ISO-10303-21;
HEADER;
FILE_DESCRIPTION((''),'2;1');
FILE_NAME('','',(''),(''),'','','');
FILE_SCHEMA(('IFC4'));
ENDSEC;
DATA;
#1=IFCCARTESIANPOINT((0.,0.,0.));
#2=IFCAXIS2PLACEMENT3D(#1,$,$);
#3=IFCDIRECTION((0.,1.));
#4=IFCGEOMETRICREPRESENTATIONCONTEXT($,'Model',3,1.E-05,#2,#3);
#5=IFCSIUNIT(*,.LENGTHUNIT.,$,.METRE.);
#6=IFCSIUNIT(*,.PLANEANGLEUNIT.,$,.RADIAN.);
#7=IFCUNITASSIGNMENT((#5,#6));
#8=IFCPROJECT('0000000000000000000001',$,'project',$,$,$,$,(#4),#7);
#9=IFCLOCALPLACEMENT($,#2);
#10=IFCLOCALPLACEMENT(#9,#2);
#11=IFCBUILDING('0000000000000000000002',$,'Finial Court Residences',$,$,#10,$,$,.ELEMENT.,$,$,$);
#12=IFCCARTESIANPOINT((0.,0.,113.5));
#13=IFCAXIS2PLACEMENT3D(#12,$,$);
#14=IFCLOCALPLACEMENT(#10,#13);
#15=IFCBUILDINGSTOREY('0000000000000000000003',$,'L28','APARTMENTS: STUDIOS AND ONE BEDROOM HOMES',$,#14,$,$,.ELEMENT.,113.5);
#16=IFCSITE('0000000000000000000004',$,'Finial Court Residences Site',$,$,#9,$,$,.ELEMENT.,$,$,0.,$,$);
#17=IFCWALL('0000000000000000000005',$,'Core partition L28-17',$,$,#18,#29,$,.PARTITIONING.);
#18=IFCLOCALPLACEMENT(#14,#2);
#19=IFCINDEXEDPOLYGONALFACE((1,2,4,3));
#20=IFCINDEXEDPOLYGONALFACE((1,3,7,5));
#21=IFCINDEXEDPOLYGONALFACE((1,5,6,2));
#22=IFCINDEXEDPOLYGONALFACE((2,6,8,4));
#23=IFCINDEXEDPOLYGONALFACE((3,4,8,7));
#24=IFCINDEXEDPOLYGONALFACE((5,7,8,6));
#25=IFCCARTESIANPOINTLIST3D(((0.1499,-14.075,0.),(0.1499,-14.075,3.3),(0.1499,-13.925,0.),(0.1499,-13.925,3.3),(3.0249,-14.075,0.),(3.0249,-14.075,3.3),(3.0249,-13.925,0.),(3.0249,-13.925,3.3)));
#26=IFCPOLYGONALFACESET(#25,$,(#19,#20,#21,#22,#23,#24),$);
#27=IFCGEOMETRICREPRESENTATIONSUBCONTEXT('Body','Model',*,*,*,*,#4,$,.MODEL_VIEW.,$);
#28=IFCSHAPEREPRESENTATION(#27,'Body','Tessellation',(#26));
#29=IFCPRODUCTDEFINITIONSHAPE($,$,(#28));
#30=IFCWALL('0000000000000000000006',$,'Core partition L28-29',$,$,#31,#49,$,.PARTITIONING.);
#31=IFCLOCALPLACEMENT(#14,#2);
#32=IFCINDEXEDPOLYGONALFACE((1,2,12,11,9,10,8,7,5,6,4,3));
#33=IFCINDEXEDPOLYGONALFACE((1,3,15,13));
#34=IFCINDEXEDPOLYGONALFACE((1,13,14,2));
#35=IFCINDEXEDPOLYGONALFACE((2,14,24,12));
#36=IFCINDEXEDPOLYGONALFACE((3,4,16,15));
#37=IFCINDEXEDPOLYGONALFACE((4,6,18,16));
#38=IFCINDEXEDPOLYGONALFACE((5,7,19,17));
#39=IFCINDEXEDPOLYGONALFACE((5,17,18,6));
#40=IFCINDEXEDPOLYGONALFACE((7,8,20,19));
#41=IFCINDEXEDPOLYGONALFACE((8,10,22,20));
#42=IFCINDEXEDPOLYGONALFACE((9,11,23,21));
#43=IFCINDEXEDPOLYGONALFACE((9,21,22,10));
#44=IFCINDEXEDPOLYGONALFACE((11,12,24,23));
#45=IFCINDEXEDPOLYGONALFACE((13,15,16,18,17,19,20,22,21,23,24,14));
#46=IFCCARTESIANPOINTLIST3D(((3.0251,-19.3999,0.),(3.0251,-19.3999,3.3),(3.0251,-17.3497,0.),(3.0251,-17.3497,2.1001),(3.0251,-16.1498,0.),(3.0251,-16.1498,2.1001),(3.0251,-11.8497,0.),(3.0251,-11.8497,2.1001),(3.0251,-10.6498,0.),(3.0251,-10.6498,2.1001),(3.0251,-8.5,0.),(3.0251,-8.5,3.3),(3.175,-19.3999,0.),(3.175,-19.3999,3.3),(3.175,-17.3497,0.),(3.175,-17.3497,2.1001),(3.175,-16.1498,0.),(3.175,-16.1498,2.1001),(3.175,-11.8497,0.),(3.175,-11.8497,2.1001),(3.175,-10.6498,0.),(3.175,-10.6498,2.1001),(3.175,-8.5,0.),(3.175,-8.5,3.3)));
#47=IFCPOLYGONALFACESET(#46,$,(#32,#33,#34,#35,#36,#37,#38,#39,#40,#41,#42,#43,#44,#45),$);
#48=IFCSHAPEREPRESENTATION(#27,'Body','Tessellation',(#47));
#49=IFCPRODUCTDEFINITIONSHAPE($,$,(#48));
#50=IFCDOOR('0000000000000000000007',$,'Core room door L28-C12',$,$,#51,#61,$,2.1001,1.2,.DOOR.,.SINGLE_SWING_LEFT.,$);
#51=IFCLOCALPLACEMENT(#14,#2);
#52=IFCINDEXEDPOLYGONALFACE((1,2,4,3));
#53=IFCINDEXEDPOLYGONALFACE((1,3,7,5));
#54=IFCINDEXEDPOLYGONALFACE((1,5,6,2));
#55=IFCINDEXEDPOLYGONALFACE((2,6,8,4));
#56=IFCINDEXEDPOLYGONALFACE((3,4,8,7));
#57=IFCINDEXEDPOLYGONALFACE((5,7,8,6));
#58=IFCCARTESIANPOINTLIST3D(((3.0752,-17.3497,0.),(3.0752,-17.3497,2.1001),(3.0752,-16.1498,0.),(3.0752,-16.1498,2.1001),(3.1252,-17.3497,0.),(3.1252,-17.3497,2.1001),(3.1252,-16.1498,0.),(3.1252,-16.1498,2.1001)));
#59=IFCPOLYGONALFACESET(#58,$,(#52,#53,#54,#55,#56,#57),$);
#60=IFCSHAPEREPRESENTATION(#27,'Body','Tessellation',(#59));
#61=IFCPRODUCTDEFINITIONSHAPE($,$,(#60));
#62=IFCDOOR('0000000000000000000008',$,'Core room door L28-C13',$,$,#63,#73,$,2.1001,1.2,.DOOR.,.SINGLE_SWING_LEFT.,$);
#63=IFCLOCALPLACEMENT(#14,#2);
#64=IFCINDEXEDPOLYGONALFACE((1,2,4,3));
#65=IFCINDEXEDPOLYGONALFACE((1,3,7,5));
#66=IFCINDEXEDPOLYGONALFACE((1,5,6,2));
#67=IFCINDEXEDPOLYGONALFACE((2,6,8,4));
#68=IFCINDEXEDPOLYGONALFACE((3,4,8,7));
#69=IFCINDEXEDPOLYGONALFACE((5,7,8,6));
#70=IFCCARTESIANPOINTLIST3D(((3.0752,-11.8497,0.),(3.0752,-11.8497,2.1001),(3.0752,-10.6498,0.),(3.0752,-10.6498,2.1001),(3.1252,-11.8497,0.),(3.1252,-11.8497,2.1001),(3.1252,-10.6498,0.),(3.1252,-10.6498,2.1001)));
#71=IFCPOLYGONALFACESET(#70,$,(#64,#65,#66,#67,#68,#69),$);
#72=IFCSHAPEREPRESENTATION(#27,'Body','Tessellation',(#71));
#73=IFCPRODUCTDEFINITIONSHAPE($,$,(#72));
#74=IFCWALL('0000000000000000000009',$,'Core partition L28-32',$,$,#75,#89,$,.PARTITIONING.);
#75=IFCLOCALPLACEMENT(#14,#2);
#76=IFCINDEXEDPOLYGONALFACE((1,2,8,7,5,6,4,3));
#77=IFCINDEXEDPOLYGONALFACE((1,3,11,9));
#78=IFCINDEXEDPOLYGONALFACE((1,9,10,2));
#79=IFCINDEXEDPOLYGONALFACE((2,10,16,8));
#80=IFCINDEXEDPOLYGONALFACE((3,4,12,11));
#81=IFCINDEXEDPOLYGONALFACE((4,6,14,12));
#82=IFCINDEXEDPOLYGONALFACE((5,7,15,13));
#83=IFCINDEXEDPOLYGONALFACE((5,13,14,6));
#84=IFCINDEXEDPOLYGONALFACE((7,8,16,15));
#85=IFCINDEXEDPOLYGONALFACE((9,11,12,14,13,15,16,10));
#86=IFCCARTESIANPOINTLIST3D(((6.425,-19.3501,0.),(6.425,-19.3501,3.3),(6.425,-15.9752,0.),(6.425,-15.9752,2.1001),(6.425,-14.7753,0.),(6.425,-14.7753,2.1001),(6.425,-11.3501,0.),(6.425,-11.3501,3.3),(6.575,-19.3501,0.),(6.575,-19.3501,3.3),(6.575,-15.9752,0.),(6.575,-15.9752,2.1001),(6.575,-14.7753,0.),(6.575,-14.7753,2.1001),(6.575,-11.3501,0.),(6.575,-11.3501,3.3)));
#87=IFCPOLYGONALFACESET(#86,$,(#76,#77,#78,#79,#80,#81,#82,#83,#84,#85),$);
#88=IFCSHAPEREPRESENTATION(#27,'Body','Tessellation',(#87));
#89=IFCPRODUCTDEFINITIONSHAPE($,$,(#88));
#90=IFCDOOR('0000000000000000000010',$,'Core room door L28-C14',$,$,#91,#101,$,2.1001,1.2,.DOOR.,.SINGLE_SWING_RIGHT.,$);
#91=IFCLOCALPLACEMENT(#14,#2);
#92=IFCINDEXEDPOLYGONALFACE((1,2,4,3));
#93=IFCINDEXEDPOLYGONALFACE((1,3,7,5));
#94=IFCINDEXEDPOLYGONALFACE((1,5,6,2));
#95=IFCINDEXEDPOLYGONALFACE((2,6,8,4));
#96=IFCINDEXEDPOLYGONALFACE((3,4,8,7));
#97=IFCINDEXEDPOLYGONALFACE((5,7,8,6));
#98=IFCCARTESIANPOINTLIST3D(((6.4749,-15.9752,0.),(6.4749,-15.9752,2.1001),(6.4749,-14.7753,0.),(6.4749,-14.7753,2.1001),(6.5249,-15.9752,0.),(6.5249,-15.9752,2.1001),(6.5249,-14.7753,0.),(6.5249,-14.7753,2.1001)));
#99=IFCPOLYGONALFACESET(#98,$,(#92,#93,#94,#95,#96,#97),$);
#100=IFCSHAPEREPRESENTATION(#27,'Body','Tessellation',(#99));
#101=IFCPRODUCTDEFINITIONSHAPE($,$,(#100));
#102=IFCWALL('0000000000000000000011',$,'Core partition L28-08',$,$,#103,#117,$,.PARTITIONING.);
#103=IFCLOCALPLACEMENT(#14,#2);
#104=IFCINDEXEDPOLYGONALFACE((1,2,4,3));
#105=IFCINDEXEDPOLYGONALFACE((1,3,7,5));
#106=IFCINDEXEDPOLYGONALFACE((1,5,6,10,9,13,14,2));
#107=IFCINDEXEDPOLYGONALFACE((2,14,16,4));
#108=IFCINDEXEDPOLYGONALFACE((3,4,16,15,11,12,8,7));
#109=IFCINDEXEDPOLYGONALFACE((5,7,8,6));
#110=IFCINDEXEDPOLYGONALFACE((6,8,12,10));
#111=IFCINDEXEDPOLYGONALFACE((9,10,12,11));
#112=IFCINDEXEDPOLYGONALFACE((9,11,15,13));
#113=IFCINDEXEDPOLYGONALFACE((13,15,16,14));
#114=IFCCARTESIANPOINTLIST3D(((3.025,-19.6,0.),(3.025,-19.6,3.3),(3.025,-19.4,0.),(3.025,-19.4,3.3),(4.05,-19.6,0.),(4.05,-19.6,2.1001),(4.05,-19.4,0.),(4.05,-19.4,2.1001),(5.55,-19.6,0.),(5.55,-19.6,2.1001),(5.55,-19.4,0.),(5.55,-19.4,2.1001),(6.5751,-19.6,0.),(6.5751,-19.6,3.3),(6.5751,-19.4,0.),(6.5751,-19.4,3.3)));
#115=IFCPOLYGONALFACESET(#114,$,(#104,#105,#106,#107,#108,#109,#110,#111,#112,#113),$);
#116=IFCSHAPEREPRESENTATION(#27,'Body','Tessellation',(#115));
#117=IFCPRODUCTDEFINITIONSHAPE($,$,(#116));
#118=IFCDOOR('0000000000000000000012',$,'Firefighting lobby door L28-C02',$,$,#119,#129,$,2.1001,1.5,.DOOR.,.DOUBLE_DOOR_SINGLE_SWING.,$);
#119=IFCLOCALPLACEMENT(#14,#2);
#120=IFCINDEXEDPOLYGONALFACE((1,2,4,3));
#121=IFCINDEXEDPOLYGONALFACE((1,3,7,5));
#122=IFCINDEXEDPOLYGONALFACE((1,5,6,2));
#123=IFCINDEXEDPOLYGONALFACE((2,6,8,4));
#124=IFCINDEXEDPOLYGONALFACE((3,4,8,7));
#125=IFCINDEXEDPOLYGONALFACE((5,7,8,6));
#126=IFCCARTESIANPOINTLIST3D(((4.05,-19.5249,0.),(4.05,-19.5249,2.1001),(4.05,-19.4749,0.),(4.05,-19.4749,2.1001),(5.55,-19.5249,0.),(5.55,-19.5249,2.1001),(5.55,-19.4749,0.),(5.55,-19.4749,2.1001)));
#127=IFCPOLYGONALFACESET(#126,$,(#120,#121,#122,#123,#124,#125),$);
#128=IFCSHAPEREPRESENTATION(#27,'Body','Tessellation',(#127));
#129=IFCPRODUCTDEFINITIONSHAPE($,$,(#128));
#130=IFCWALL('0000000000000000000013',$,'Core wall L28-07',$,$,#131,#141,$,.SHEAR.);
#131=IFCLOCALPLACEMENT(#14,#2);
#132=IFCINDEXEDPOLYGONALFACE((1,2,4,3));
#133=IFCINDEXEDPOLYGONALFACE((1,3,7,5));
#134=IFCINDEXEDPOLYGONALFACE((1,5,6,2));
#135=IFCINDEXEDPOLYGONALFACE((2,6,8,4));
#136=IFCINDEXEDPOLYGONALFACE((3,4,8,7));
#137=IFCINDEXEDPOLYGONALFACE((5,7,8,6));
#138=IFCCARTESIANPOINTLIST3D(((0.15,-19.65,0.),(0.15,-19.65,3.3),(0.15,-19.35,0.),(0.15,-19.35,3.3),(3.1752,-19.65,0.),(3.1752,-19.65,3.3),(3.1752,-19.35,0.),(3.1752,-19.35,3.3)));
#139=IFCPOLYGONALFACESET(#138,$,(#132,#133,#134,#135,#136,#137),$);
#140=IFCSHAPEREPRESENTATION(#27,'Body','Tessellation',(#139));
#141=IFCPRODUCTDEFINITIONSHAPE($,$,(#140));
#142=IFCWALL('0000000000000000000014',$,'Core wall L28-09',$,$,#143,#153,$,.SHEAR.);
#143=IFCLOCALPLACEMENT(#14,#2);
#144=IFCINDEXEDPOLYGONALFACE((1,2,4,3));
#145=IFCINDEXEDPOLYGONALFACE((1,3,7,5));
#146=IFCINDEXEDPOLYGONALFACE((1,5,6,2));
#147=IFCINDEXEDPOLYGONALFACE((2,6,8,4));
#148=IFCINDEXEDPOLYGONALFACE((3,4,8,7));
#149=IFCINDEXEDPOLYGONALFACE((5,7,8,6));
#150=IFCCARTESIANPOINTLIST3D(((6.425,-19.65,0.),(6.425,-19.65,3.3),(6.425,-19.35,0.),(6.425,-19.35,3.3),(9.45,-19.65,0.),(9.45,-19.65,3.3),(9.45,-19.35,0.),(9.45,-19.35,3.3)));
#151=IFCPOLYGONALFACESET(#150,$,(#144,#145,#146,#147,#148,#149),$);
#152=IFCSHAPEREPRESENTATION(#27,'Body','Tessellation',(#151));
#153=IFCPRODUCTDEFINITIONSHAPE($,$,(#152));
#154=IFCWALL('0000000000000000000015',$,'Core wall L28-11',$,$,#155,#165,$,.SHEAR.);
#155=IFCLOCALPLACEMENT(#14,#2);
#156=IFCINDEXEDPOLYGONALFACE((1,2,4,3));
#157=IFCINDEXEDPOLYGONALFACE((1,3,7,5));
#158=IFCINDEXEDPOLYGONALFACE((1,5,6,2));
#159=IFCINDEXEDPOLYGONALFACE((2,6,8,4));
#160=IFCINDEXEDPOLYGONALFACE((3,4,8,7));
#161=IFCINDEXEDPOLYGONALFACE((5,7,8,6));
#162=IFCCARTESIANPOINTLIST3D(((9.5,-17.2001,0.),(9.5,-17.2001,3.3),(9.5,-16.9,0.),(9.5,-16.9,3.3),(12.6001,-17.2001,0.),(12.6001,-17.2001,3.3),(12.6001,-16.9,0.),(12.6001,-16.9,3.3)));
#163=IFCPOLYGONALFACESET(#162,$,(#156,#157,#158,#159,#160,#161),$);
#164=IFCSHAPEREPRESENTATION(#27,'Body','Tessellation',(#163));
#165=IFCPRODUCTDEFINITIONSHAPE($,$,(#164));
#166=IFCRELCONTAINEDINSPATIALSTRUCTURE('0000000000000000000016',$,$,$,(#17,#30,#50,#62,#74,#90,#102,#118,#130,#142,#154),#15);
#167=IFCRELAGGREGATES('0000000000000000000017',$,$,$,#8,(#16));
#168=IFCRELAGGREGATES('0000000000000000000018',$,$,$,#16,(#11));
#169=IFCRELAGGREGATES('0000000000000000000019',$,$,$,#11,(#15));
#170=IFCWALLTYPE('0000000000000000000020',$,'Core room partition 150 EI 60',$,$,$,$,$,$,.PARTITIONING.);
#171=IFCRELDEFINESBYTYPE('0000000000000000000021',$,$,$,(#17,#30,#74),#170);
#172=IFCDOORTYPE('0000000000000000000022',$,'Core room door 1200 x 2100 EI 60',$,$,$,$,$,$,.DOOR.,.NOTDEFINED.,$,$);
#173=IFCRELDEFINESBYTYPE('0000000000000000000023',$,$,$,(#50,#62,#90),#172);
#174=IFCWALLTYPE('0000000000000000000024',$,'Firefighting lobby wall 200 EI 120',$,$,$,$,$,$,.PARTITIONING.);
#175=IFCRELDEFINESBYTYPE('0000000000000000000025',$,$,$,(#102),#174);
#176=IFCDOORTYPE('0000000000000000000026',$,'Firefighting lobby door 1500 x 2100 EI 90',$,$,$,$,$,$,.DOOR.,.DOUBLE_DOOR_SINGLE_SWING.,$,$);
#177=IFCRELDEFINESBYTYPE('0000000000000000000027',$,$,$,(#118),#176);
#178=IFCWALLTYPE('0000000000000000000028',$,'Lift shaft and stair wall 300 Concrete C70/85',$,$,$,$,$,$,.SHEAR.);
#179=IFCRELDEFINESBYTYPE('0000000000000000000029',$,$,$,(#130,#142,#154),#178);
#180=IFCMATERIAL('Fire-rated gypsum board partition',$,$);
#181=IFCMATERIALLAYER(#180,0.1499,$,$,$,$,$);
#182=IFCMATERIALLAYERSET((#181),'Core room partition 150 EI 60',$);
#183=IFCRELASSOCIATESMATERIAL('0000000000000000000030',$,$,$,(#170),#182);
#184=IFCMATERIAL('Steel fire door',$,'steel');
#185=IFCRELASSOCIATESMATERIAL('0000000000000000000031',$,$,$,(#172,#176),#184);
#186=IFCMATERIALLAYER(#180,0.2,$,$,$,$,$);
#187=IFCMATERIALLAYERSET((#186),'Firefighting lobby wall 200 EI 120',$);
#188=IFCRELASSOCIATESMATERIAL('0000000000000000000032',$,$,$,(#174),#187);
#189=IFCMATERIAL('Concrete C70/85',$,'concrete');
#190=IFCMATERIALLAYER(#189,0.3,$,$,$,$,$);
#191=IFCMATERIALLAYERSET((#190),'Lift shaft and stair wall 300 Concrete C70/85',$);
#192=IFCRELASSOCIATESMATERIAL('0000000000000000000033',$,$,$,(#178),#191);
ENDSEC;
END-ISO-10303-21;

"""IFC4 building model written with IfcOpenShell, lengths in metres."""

from ifc_helpers import new_model, si_unit, direction, frame, frame_2d, origin, place, context, subcontext, project, spatial, rectangle, extrude, material, layer, layer_set, type_object, element, fill, save


model = new_model("IFC4")

# Units and contexts
model_context = context("Model", 3, precision=1e-05, world=origin(), true_north=direction((0.0, 1.0)))
body_context = subcontext(model_context, "Body", "Model", "MODEL_VIEW")
ifc_project = project(units=[si_unit("LENGTHUNIT", "METRE"), si_unit("PLANEANGLEUNIT", "RADIAN")], contexts=[model_context])

# Site, building, storey
site_placement = place(None, origin())
site = spatial("IfcSite", under=ifc_project, at=site_placement, Name="Finial Court Residences Site", CompositionType="ELEMENT", RefElevation=0.0)
building_placement = place(site_placement, origin())
building = spatial("IfcBuilding", under=site, at=building_placement, Name="Finial Court Residences", CompositionType="ELEMENT")
storey_placement = place(building_placement, frame((0.0, 0.0, 113.5)))
storey = spatial("IfcBuildingStorey", under=building, at=storey_placement, Name="L28", Description="APARTMENTS: STUDIOS AND ONE BEDROOM HOMES", CompositionType="ELEMENT", Elevation=113.5)

# Wall
ifc_material_1 = material(Name="Fire-rated gypsum board partition")
ifc_layer_1 = layer(ifc_material_1, 0.1499)
ifc_layer_set_1 = layer_set([ifc_layer_1], Name="Core room partition 150 EI 60")
wall_type_1 = type_object("IfcWallType", Name="Core room partition 150 EI 60", PredefinedType="PARTITIONING", material=ifc_layer_set_1)
wall_1_placement = place(storey_placement, frame((0.1499, -14.0, 0.0), z_axis=(0.0, 0.0, 1.0), x_axis=(1.0, 0.0, 0.0)))
element("IfcWall", 1, at=wall_1_placement, inside=storey, type_object=wall_type_1, Name="Core partition L28-17", PredefinedType="PARTITIONING", context=body_context, shape_type="SweptSolid", body=[
    extrude(rectangle(XDim=2.875, YDim=0.1499, at=frame_2d((1.4375, 0.0))), origin(), (0.0, 0.0, 1.0), 3.3),
])

# Wall, openings, doors
wall_2_placement = place(storey_placement, frame((3.1001, -19.3999, 0.0), z_axis=(0.0, 0.0, 1.0), x_axis=(0.0, 1.0, 0.0)))
wall_2 = element("IfcWall", 2, at=wall_2_placement, inside=storey, type_object=wall_type_1, Name="Core partition L28-29", PredefinedType="PARTITIONING", context=body_context, shape_type="SweptSolid", body=[
    extrude(rectangle(XDim=10.8999, YDim=0.1499, at=frame_2d((5.45, 0.0))), origin(), (0.0, 0.0, 1.0), 3.3),
])
opening_1_placement = place(wall_2_placement, frame((2.05, 0.0, 0.0)))
opening_1 = element("IfcOpeningElement", 3, at=opening_1_placement, cuts=wall_2, PredefinedType="OPENING", context=body_context, shape_type="SweptSolid", body=[
    extrude(rectangle(XDim=1.2, YDim=2.1001, at=frame_2d((0.6001, 1.05))), frame((0.0, 0.085, 0.0), z_axis=(0.0, -1.0, 0.0), x_axis=(1.0, 0.0, 0.0)), (0.0, 0.0, 1.0), 0.1699),
])
opening_2_placement = place(wall_2_placement, frame((7.55, 0.0, 0.0)))
opening_2 = element("IfcOpeningElement", 4, at=opening_2_placement, cuts=wall_2, PredefinedType="OPENING", context=body_context, shape_type="SweptSolid", body=[
    extrude(rectangle(XDim=1.2, YDim=2.1001, at=frame_2d((0.6001, 1.05))), frame((0.0, 0.085, 0.0), z_axis=(0.0, -1.0, 0.0), x_axis=(1.0, 0.0, 0.0)), (0.0, 0.0, 1.0), 0.1699),
])
ifc_material_2 = material(Name="Steel fire door", Category="steel")
door_type_1 = type_object("IfcDoorType", Name="Core room door 1200 x 2100 EI 60", OperationType="NOTDEFINED", PredefinedType="DOOR", material=ifc_material_2)
door_1_placement = place(opening_1_placement, origin())
door_1 = element("IfcDoor", 5, at=door_1_placement, inside=storey, type_object=door_type_1, Name="Core room door L28-C12", OperationType="SINGLE_SWING_LEFT", OverallHeight=2.1001, OverallWidth=1.2, PredefinedType="DOOR", context=body_context, shape_type="SweptSolid", body=[
    extrude(rectangle(XDim=1.2, YDim=2.1001, at=frame_2d((0.6001, 1.05))), frame((0.0, 0.0249, 0.0), z_axis=(0.0, -1.0, 0.0), x_axis=(1.0, 0.0, 0.0)), (0.0, 0.0, 1.0), 0.05),
])
fill(opening_1, door_1)
door_2_placement = place(opening_2_placement, origin())
door_2 = element("IfcDoor", 6, at=door_2_placement, inside=storey, type_object=door_type_1, Name="Core room door L28-C13", OperationType="SINGLE_SWING_LEFT", OverallHeight=2.1001, OverallWidth=1.2, PredefinedType="DOOR", context=body_context, shape_type="SweptSolid", body=[
    extrude(rectangle(XDim=1.2, YDim=2.1001, at=frame_2d((0.6001, 1.05))), frame((0.0, 0.0249, 0.0), z_axis=(0.0, -1.0, 0.0), x_axis=(1.0, 0.0, 0.0)), (0.0, 0.0, 1.0), 0.05),
])
fill(opening_2, door_2)

# Walls, openings, doors
wall_3_placement = place(storey_placement, frame((6.5, -11.3501, 0.0), z_axis=(0.0, 0.0, 1.0), x_axis=(0.0, -1.0, 0.0)))
wall_3 = element("IfcWall", 7, at=wall_3_placement, inside=storey, type_object=wall_type_1, Name="Core partition L28-32", PredefinedType="PARTITIONING", context=body_context, shape_type="SweptSolid", body=[
    extrude(rectangle(XDim=8.0, YDim=0.1499, at=frame_2d((4.0, 0.0))), origin(), (0.0, 0.0, 1.0), 3.3),
])
opening_3_placement = place(wall_3_placement, frame((3.425, 0.0, 0.0)))
opening_3 = element("IfcOpeningElement", 8, at=opening_3_placement, cuts=wall_3, PredefinedType="OPENING", context=body_context, shape_type="SweptSolid", body=[
    extrude(rectangle(XDim=1.2, YDim=2.1001, at=frame_2d((0.6001, 1.05))), frame((0.0, 0.085, 0.0), z_axis=(0.0, -1.0, 0.0), x_axis=(1.0, 0.0, 0.0)), (0.0, 0.0, 1.0), 0.1699),
])
door_3_placement = place(opening_3_placement, origin())
door_3 = element("IfcDoor", 9, at=door_3_placement, inside=storey, type_object=door_type_1, Name="Core room door L28-C14", OperationType="SINGLE_SWING_RIGHT", OverallHeight=2.1001, OverallWidth=1.2, PredefinedType="DOOR", context=body_context, shape_type="SweptSolid", body=[
    extrude(rectangle(XDim=1.2, YDim=2.1001, at=frame_2d((0.6001, 1.05))), frame((0.0, 0.0249, 0.0), z_axis=(0.0, -1.0, 0.0), x_axis=(1.0, 0.0, 0.0)), (0.0, 0.0, 1.0), 0.05),
])
fill(opening_3, door_3)
ifc_layer_2 = layer(ifc_material_1, 0.2)
ifc_layer_set_2 = layer_set([ifc_layer_2], Name="Firefighting lobby wall 200 EI 120")
wall_type_2 = type_object("IfcWallType", Name="Firefighting lobby wall 200 EI 120", PredefinedType="PARTITIONING", material=ifc_layer_set_2)
wall_4_placement = place(storey_placement, frame((6.575, -19.5, 0.0), z_axis=(0.0, 0.0, 1.0), x_axis=(-1.0, 0.0, 0.0)))
wall_4 = element("IfcWall", 10, at=wall_4_placement, inside=storey, type_object=wall_type_2, Name="Core partition L28-08", PredefinedType="PARTITIONING", context=body_context, shape_type="SweptSolid", body=[
    extrude(rectangle(XDim=3.55, YDim=0.2, at=frame_2d((1.7749, 0.0))), origin(), (0.0, 0.0, 1.0), 3.3),
])
opening_4_placement = place(wall_4_placement, frame((1.0249, 0.0, 0.0)))
opening_4 = element("IfcOpeningElement", 11, at=opening_4_placement, cuts=wall_4, PredefinedType="OPENING", context=body_context, shape_type="SweptSolid", body=[
    extrude(rectangle(XDim=1.5, YDim=2.1001, at=frame_2d((0.75, 1.05))), frame((0.0, 0.1099, 0.0), z_axis=(0.0, -1.0, 0.0), x_axis=(1.0, 0.0, 0.0)), (0.0, 0.0, 1.0), 0.22),
])
door_type_2 = type_object("IfcDoorType", Name="Firefighting lobby door 1500 x 2100 EI 90", OperationType="DOUBLE_DOOR_SINGLE_SWING", PredefinedType="DOOR", material=ifc_material_2)
door_4_placement = place(opening_4_placement, origin())
door_4 = element("IfcDoor", 12, at=door_4_placement, inside=storey, type_object=door_type_2, Name="Firefighting lobby door L28-C02", OperationType="DOUBLE_DOOR_SINGLE_SWING", OverallHeight=2.1001, OverallWidth=1.5, PredefinedType="DOOR", context=body_context, shape_type="SweptSolid", body=[
    extrude(rectangle(XDim=1.5, YDim=2.1001, at=frame_2d((0.75, 1.05))), frame((0.0, 0.0249, 0.0), z_axis=(0.0, -1.0, 0.0), x_axis=(1.0, 0.0, 0.0)), (0.0, 0.0, 1.0), 0.05),
])
fill(opening_4, door_4)

# Walls
ifc_material_3 = material(Name="Concrete C70/85", Category="concrete")
ifc_layer_3 = layer(ifc_material_3, 0.3)
ifc_layer_set_3 = layer_set([ifc_layer_3], Name="Lift shaft and stair wall 300 Concrete C70/85")
wall_type_3 = type_object("IfcWallType", Name="Lift shaft and stair wall 300 Concrete C70/85", PredefinedType="SHEAR", material=ifc_layer_set_3)
wall_5_placement = place(storey_placement, frame((0.1499, -19.5, 0.0), z_axis=(0.0, 0.0, 1.0), x_axis=(1.0, 0.0, 0.0)))
element("IfcWall", 13, at=wall_5_placement, inside=storey, type_object=wall_type_3, Name="Core wall L28-07", PredefinedType="SHEAR", context=body_context, shape_type="SweptSolid", body=[
    extrude(rectangle(XDim=3.0251, YDim=0.3, at=frame_2d((1.5127, 0.0))), origin(), (0.0, 0.0, 1.0), 3.3),
])
wall_6_placement = place(storey_placement, frame((6.425, -19.5, 0.0), z_axis=(0.0, 0.0, 1.0), x_axis=(1.0, 0.0, 0.0)))
element("IfcWall", 14, at=wall_6_placement, inside=storey, type_object=wall_type_3, Name="Core wall L28-09", PredefinedType="SHEAR", context=body_context, shape_type="SweptSolid", body=[
    extrude(rectangle(XDim=3.0249, YDim=0.3, at=frame_2d((1.5125, 0.0))), origin(), (0.0, 0.0, 1.0), 3.3),
])
wall_7_placement = place(storey_placement, frame((9.5, -17.05, 0.0), z_axis=(0.0, 0.0, 1.0), x_axis=(1.0, 0.0, 0.0)))
element("IfcWall", 15, at=wall_7_placement, inside=storey, type_object=wall_type_3, Name="Core wall L28-11", PredefinedType="SHEAR", context=body_context, shape_type="SweptSolid", body=[
    extrude(rectangle(XDim=3.1001, YDim=0.3, at=frame_2d((1.55, 0.0))), origin(), (0.0, 0.0, 1.0), 3.3),
])

save(model, "model.ifc")
